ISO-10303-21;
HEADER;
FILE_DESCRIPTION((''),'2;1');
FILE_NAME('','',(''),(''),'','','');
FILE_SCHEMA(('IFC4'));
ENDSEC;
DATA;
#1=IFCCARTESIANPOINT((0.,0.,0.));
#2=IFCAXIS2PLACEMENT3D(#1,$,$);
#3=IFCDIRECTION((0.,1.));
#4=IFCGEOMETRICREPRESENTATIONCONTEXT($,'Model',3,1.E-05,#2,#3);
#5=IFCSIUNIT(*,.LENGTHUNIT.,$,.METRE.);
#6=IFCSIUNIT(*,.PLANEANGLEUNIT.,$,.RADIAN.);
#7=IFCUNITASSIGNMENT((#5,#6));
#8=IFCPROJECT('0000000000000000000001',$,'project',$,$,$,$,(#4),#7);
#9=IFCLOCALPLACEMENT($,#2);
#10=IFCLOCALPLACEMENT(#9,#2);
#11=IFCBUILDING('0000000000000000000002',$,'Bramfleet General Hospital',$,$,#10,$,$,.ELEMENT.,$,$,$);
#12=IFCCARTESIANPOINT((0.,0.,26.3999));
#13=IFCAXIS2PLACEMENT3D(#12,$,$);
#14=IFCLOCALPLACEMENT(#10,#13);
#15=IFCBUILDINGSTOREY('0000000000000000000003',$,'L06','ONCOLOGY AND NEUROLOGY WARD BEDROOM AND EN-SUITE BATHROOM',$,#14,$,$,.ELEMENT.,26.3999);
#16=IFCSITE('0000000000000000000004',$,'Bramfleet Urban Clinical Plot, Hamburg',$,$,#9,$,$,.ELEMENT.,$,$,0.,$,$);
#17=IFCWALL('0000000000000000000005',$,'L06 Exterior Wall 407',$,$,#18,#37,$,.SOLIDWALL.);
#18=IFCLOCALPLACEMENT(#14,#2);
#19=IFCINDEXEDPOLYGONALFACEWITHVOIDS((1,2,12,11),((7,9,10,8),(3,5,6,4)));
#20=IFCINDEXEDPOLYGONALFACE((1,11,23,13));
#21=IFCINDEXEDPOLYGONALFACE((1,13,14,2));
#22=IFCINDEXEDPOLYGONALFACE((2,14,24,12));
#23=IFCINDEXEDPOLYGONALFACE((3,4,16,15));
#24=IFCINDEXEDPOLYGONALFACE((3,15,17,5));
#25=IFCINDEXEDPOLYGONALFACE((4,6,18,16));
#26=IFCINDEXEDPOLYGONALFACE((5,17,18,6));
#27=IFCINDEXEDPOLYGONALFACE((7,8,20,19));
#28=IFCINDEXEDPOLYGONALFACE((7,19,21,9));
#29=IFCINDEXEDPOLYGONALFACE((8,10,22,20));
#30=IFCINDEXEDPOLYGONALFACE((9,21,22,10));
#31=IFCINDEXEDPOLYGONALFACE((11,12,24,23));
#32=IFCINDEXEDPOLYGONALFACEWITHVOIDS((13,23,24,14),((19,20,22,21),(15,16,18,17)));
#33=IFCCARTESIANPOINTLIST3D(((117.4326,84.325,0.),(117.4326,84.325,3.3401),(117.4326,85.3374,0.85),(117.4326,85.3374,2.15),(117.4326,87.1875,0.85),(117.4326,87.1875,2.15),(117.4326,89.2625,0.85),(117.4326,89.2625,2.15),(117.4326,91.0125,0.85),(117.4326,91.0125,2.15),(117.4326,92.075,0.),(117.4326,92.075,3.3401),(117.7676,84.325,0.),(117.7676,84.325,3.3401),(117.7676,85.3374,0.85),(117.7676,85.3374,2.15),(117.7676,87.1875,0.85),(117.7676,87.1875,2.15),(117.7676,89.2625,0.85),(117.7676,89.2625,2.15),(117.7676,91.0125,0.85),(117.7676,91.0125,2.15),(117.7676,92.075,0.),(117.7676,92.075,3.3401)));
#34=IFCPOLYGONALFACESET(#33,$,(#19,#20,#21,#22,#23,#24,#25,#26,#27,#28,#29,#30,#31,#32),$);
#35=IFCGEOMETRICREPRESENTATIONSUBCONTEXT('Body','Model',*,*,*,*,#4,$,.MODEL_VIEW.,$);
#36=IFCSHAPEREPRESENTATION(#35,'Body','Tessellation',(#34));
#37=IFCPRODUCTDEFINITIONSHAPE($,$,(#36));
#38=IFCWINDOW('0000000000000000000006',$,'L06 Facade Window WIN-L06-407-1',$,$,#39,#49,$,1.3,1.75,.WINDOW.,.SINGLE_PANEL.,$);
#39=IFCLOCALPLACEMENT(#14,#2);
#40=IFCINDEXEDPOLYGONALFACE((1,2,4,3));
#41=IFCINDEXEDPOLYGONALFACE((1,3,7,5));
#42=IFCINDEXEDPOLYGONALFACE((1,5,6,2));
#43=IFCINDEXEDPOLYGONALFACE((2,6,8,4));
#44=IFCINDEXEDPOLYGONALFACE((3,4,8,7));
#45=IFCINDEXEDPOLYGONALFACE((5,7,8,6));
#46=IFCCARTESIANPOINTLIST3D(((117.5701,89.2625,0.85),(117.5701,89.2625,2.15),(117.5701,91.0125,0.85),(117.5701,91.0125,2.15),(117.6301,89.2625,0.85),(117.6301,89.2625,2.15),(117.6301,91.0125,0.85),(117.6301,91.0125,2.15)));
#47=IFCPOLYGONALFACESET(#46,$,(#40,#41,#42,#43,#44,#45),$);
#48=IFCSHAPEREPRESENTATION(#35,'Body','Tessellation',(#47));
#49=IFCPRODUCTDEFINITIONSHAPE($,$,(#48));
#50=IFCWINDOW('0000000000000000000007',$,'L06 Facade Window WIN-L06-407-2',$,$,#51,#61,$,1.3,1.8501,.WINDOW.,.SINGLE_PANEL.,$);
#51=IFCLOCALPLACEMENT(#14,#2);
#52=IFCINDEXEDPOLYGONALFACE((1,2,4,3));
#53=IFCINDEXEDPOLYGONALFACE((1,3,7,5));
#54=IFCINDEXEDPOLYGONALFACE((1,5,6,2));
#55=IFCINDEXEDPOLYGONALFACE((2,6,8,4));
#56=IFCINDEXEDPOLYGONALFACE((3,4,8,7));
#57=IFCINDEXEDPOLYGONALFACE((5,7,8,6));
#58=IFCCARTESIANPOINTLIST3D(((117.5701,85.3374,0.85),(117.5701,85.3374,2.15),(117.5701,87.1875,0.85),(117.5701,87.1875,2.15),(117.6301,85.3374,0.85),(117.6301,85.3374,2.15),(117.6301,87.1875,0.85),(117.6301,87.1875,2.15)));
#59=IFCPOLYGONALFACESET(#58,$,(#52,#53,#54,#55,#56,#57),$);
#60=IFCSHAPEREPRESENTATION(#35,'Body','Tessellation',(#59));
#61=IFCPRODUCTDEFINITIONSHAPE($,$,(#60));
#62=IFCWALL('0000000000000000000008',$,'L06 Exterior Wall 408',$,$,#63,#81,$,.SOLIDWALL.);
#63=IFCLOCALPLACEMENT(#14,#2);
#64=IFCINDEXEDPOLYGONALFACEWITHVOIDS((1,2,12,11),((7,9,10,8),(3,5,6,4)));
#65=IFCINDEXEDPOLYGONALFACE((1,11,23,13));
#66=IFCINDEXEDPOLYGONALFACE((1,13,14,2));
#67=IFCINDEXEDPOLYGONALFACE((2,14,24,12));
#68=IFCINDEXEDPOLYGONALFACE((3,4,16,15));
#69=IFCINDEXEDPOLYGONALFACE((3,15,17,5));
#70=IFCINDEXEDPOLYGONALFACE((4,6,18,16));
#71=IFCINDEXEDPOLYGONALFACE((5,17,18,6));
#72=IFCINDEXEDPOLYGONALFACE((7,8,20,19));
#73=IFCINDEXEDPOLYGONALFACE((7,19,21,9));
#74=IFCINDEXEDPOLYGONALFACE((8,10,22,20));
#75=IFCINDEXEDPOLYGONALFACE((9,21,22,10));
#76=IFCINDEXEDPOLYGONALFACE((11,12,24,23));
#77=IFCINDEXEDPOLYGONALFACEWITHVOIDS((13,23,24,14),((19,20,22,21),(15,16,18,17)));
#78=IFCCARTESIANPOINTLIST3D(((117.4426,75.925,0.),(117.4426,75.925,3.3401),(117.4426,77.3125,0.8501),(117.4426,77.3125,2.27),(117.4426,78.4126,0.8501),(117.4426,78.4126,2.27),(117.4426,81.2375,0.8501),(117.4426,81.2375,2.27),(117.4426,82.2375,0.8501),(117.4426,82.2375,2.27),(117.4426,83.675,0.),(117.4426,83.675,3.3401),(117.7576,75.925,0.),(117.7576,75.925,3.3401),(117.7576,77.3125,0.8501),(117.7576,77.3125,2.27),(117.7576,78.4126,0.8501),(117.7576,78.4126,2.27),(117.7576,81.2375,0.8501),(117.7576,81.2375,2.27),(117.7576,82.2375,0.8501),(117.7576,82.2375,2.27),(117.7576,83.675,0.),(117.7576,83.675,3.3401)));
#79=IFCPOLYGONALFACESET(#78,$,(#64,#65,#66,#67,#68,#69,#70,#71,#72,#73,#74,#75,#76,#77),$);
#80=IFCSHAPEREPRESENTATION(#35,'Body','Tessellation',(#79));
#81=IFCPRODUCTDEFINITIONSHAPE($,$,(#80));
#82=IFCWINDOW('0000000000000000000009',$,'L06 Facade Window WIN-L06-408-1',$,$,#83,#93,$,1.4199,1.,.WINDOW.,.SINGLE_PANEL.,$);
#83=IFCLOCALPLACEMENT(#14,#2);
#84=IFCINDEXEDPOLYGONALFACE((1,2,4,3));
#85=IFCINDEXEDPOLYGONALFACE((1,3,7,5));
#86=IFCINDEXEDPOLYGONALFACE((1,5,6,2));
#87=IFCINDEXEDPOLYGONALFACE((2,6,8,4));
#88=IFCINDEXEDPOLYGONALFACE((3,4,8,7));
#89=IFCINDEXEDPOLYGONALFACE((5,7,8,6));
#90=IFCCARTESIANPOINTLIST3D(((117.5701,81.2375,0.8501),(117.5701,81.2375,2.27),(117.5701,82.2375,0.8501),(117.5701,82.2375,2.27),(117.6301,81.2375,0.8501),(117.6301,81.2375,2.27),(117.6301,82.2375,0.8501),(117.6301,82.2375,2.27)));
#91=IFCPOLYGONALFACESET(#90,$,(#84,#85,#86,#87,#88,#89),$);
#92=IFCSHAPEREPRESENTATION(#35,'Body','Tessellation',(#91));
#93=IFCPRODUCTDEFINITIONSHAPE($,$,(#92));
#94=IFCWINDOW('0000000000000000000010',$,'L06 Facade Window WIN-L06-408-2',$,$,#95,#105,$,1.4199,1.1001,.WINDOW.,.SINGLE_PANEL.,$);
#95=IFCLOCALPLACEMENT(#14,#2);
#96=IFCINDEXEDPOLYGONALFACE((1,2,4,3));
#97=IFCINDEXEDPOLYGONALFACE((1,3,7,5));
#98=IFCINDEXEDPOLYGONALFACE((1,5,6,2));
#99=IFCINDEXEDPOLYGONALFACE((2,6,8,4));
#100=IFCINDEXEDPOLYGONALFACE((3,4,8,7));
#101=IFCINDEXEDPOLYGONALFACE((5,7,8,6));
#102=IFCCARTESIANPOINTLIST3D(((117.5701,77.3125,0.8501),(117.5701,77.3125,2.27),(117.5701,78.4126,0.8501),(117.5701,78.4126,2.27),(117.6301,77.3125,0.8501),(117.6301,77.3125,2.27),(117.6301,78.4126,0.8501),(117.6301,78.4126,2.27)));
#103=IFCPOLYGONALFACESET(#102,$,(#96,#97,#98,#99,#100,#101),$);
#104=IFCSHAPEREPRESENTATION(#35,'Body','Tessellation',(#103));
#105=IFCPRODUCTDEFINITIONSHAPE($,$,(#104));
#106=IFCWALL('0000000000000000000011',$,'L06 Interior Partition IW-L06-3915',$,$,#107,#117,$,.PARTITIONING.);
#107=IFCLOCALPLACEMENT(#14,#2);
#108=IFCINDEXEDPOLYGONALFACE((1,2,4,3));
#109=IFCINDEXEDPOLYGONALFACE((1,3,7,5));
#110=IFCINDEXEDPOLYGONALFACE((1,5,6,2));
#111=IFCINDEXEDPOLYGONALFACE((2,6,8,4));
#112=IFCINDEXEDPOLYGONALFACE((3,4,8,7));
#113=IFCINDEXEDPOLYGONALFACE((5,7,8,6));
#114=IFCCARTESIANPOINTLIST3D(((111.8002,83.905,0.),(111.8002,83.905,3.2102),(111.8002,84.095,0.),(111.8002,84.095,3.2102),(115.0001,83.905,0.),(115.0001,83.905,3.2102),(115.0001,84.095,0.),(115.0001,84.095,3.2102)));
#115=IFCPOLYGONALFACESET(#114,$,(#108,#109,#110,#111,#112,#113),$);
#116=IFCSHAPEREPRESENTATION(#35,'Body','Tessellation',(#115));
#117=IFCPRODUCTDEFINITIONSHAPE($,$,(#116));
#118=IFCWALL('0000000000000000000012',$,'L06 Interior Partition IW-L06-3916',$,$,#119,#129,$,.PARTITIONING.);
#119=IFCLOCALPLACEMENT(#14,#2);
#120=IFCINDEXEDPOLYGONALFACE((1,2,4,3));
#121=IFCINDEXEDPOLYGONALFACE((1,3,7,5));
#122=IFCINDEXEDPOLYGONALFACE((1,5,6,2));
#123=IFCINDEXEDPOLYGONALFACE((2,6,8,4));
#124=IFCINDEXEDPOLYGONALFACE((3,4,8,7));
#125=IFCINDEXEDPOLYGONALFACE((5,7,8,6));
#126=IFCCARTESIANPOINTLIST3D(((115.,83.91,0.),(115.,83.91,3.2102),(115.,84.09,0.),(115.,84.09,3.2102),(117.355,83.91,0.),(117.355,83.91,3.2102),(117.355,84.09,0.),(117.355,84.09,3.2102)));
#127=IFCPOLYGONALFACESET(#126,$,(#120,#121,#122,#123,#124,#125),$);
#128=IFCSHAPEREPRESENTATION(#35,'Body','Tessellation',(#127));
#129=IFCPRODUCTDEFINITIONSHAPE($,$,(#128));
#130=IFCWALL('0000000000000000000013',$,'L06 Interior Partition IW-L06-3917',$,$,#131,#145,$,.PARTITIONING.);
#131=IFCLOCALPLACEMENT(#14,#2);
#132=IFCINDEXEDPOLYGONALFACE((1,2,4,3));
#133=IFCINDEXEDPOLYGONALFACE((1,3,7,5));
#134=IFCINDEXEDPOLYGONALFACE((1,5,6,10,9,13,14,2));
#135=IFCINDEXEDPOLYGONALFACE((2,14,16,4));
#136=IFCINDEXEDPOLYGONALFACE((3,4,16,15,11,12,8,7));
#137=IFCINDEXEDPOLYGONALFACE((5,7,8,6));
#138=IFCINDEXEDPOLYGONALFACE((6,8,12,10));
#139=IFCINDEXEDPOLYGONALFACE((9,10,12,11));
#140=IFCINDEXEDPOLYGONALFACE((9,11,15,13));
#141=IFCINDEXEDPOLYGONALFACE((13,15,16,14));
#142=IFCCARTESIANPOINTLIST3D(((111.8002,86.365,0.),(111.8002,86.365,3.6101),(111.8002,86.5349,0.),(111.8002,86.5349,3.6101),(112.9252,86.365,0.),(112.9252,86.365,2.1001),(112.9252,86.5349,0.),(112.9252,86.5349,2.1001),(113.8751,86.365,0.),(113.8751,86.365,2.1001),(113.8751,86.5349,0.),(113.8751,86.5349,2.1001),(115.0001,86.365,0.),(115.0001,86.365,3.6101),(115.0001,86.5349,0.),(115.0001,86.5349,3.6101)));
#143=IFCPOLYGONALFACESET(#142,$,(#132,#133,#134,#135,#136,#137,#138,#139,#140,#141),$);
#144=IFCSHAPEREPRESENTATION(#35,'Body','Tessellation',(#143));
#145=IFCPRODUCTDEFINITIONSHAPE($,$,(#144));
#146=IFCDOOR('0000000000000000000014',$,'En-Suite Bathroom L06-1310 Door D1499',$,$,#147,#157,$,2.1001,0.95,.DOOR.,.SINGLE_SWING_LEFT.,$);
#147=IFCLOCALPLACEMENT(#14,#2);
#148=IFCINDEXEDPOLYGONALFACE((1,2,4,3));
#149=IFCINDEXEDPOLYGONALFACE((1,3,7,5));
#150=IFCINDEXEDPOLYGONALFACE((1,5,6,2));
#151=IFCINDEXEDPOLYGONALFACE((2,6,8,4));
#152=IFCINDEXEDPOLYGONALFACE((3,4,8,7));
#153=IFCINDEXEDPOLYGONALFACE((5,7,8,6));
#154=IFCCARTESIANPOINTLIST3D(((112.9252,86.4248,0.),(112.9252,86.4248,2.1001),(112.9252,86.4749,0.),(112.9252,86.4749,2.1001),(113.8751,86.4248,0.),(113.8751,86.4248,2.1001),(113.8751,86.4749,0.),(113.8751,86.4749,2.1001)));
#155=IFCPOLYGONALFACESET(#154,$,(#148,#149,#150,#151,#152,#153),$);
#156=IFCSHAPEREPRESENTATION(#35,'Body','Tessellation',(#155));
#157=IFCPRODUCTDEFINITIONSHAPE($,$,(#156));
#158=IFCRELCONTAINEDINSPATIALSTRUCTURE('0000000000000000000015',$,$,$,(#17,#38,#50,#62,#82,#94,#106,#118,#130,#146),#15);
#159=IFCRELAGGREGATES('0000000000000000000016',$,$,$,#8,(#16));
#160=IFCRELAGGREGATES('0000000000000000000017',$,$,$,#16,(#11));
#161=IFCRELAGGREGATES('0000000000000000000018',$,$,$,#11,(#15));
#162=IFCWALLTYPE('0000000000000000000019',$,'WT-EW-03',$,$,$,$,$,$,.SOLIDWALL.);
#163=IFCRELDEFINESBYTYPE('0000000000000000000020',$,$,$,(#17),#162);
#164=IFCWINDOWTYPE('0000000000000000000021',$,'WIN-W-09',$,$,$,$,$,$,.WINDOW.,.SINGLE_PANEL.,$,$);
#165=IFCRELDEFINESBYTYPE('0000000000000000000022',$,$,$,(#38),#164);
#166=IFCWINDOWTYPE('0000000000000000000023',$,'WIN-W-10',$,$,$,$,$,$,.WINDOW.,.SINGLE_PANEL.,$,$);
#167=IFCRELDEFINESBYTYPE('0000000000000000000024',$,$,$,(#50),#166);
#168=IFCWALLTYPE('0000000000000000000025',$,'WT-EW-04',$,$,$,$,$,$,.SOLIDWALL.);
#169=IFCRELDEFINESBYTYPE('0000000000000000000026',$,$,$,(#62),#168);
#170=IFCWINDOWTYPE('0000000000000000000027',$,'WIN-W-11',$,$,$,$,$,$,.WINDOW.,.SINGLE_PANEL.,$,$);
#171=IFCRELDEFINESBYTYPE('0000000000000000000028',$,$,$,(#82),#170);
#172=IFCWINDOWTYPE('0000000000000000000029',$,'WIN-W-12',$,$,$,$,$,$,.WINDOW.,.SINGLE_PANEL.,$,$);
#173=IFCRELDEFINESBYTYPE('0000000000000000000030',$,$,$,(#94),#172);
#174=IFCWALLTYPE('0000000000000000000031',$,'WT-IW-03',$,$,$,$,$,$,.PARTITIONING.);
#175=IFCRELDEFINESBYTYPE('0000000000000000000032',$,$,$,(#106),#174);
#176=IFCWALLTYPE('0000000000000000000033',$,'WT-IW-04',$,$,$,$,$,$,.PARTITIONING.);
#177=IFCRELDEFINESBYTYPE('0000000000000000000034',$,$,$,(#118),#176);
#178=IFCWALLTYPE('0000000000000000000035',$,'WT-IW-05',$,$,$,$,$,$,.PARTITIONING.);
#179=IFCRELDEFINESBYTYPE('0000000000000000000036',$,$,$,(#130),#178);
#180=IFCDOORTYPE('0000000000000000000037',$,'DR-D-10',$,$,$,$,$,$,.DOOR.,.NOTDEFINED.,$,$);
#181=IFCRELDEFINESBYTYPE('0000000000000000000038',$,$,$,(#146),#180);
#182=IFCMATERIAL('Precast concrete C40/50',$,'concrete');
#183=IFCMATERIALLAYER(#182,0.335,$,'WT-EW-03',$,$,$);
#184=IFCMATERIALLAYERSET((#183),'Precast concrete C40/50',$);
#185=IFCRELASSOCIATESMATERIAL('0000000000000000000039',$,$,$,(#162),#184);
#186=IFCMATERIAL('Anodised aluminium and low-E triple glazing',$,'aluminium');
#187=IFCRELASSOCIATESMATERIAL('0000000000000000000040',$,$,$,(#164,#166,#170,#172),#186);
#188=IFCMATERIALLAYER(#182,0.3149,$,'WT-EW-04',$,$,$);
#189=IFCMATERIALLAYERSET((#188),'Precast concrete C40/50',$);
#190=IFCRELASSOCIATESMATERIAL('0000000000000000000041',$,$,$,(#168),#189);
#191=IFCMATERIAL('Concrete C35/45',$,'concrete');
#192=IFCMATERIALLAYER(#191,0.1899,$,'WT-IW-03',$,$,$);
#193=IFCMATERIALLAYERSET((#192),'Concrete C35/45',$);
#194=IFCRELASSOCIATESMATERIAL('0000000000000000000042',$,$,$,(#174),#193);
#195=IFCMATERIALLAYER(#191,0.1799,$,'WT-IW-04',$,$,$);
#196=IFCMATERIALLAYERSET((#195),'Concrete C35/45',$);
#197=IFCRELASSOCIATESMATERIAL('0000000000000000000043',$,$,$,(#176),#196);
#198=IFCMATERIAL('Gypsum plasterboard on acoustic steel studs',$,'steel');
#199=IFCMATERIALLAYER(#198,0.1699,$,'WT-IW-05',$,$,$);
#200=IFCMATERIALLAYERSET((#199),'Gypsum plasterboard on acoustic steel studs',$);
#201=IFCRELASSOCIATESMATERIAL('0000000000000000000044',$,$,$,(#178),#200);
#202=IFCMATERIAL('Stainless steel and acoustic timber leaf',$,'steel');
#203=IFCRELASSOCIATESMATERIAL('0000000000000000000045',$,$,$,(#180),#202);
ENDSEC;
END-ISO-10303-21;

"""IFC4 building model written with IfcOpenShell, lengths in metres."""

from ifc_helpers import new_model, si_unit, direction, frame, frame_2d, origin, place, context, subcontext, project, spatial, rectangle, extrude, material, layer, layer_set, type_object, element, fill, save


model = new_model("IFC4")

# Units and contexts
model_context = context("Model", 3, precision=1e-05, world=origin(), true_north=direction((0.0, 1.0)))
body_context = subcontext(model_context, "Body", "Model", "MODEL_VIEW")
ifc_project = project(units=[si_unit("LENGTHUNIT", "METRE"), si_unit("PLANEANGLEUNIT", "RADIAN")], contexts=[model_context])

# Site, building, storey
site_placement = place(None, origin())
site = spatial("IfcSite", under=ifc_project, at=site_placement, Name="Bramfleet Urban Clinical Plot, Hamburg", CompositionType="ELEMENT", RefElevation=0.0)
building_placement = place(site_placement, origin())
building = spatial("IfcBuilding", under=site, at=building_placement, Name="Bramfleet General Hospital", CompositionType="ELEMENT")
storey_placement = place(building_placement, frame((0.0, 0.0, 26.3999)))
storey = spatial("IfcBuildingStorey", under=building, at=storey_placement, Name="L06", Description="ONCOLOGY AND NEUROLOGY WARD BEDROOM AND EN-SUITE BATHROOM", CompositionType="ELEMENT", Elevation=26.3999)

# Shared definitions
ifc_material_1 = material(Name="Anodised aluminium and low-E triple glazing", Category="aluminium")

# Walls, openings, windows
ifc_material_2 = material(Name="Precast concrete C40/50", Category="concrete")
ifc_layer_1 = layer(ifc_material_2, 0.335, Name="WT-EW-03")
ifc_layer_set_1 = layer_set([ifc_layer_1], Name="Precast concrete C40/50")
wall_type_1 = type_object("IfcWallType", Name="WT-EW-03", PredefinedType="SOLIDWALL", material=ifc_layer_set_1)
wall_1_placement = place(storey_placement, frame((117.6001, 92.075, 0.0), z_axis=(0.0, 0.0, 1.0), x_axis=(0.0, -1.0, 0.0)))
wall_1 = element("IfcWall", 1, at=wall_1_placement, inside=storey, type_object=wall_type_1, Name="L06 Exterior Wall 407", PredefinedType="SOLIDWALL", context=body_context, shape_type="SweptSolid", body=[
    extrude(rectangle(XDim=7.75, YDim=0.335, at=frame_2d((3.875, 0.0))), origin(), (0.0, 0.0, 1.0), 3.3401),
])
opening_1_placement = place(wall_1_placement, frame((1.0625, 0.0, 0.8501)))
opening_1 = element("IfcOpeningElement", 2, at=opening_1_placement, cuts=wall_1, PredefinedType="OPENING", context=body_context, shape_type="SweptSolid", body=[
    extrude(rectangle(XDim=1.75, YDim=1.3, at=frame_2d((0.875, 0.6499))), frame((0.0, 0.1775, 0.0), z_axis=(0.0, -1.0, 0.0), x_axis=(1.0, 0.0, 0.0)), (0.0, 0.0, 1.0), 0.355),
])
opening_2_placement = place(wall_1_placement, frame((4.8875, 0.0, 0.8501)))
opening_2 = element("IfcOpeningElement", 3, at=opening_2_placement, cuts=wall_1, PredefinedType="OPENING", context=body_context, shape_type="SweptSolid", body=[
    extrude(rectangle(XDim=1.8501, YDim=1.3, at=frame_2d((0.925, 0.6499))), frame((0.0, 0.1775, 0.0), z_axis=(0.0, -1.0, 0.0), x_axis=(1.0, 0.0, 0.0)), (0.0, 0.0, 1.0), 0.355),
])
window_type_1 = type_object("IfcWindowType", Name="WIN-W-09", PartitioningType="SINGLE_PANEL", PredefinedType="WINDOW", material=ifc_material_1)
window_1_placement = place(opening_1_placement, origin())
window_1 = element("IfcWindow", 4, at=window_1_placement, inside=storey, type_object=window_type_1, Name="L06 Facade Window WIN-L06-407-1", OverallHeight=1.3, OverallWidth=1.75, PartitioningType="SINGLE_PANEL", PredefinedType="WINDOW", context=body_context, shape_type="SweptSolid", body=[
    extrude(rectangle(XDim=1.75, YDim=1.3, at=frame_2d((0.875, 0.6499))), frame((0.0, 0.03, 0.0), z_axis=(0.0, -1.0, 0.0), x_axis=(1.0, 0.0, 0.0)), (0.0, 0.0, 1.0), 0.0601),
])
fill(opening_1, window_1)
window_type_2 = type_object("IfcWindowType", Name="WIN-W-10", PartitioningType="SINGLE_PANEL", PredefinedType="WINDOW", material=ifc_material_1)
window_2_placement = place(opening_2_placement, origin())
window_2 = element("IfcWindow", 5, at=window_2_placement, inside=storey, type_object=window_type_2, Name="L06 Facade Window WIN-L06-407-2", OverallHeight=1.3, OverallWidth=1.8501, PartitioningType="SINGLE_PANEL", PredefinedType="WINDOW", context=body_context, shape_type="SweptSolid", body=[
    extrude(rectangle(XDim=1.8501, YDim=1.3, at=frame_2d((0.925, 0.6499))), frame((0.0, 0.03, 0.0), z_axis=(0.0, -1.0, 0.0), x_axis=(1.0, 0.0, 0.0)), (0.0, 0.0, 1.0), 0.0601),
])
fill(opening_2, window_2)
ifc_layer_2 = layer(ifc_material_2, 0.3149, Name="WT-EW-04")
ifc_layer_set_2 = layer_set([ifc_layer_2], Name="Precast concrete C40/50")
wall_type_2 = type_object("IfcWallType", Name="WT-EW-04", PredefinedType="SOLIDWALL", material=ifc_layer_set_2)
wall_2_placement = place(storey_placement, frame((117.6001, 83.675, 0.0), z_axis=(0.0, 0.0, 1.0), x_axis=(0.0, -1.0, 0.0)))
wall_2 = element("IfcWall", 6, at=wall_2_placement, inside=storey, type_object=wall_type_2, Name="L06 Exterior Wall 408", PredefinedType="SOLIDWALL", context=body_context, shape_type="SweptSolid", body=[
    extrude(rectangle(XDim=7.75, YDim=0.3149, at=frame_2d((3.875, 0.0))), origin(), (0.0, 0.0, 1.0), 3.3401),
])
opening_3_placement = place(wall_2_placement, frame((1.4375, 0.0, 0.8501)))
opening_3 = element("IfcOpeningElement", 7, at=opening_3_placement, cuts=wall_2, PredefinedType="OPENING", context=body_context, shape_type="SweptSolid", body=[
    extrude(rectangle(XDim=1.0, YDim=1.4199, at=frame_2d((0.5, 0.71))), frame((0.0, 0.1675, 0.0), z_axis=(0.0, -1.0, 0.0), x_axis=(1.0, 0.0, 0.0)), (0.0, 0.0, 1.0), 0.335),
])
opening_4_placement = place(wall_2_placement, frame((5.2625, 0.0, 0.8501)))
opening_4 = element("IfcOpeningElement", 8, at=opening_4_placement, cuts=wall_2, PredefinedType="OPENING", context=body_context, shape_type="SweptSolid", body=[
    extrude(rectangle(XDim=1.1001, YDim=1.4199, at=frame_2d((0.55, 0.71))), frame((0.0, 0.1675, 0.0), z_axis=(0.0, -1.0, 0.0), x_axis=(1.0, 0.0, 0.0)), (0.0, 0.0, 1.0), 0.335),
])
window_type_3 = type_object("IfcWindowType", Name="WIN-W-11", PartitioningType="SINGLE_PANEL", PredefinedType="WINDOW", material=ifc_material_1)
window_3_placement = place(opening_3_placement, origin())
window_3 = element("IfcWindow", 9, at=window_3_placement, inside=storey, type_object=window_type_3, Name="L06 Facade Window WIN-L06-408-1", OverallHeight=1.4199, OverallWidth=1.0, PartitioningType="SINGLE_PANEL", PredefinedType="WINDOW", context=body_context, shape_type="SweptSolid", body=[
    extrude(rectangle(XDim=1.0, YDim=1.4199, at=frame_2d((0.5, 0.71))), frame((0.0, 0.03, 0.0), z_axis=(0.0, -1.0, 0.0), x_axis=(1.0, 0.0, 0.0)), (0.0, 0.0, 1.0), 0.0601),
])
fill(opening_3, window_3)
window_type_4 = type_object("IfcWindowType", Name="WIN-W-12", PartitioningType="SINGLE_PANEL", PredefinedType="WINDOW", material=ifc_material_1)
window_4_placement = place(opening_4_placement, origin())
window_4 = element("IfcWindow", 10, at=window_4_placement, inside=storey, type_object=window_type_4, Name="L06 Facade Window WIN-L06-408-2", OverallHeight=1.4199, OverallWidth=1.1001, PartitioningType="SINGLE_PANEL", PredefinedType="WINDOW", context=body_context, shape_type="SweptSolid", body=[
    extrude(rectangle(XDim=1.1001, YDim=1.4199, at=frame_2d((0.55, 0.71))), frame((0.0, 0.03, 0.0), z_axis=(0.0, -1.0, 0.0), x_axis=(1.0, 0.0, 0.0)), (0.0, 0.0, 1.0), 0.0601),
])
fill(opening_4, window_4)

# Walls
ifc_material_3 = material(Name="Concrete C35/45", Category="concrete")
ifc_layer_3 = layer(ifc_material_3, 0.1899, Name="WT-IW-03")
ifc_layer_set_3 = layer_set([ifc_layer_3], Name="Concrete C35/45")
wall_type_3 = type_object("IfcWallType", Name="WT-IW-03", PredefinedType="PARTITIONING", material=ifc_layer_set_3)
wall_3_placement = place(storey_placement, frame((111.8, 84.0, 0.0), z_axis=(0.0, 0.0, 1.0), x_axis=(1.0, 0.0, 0.0)))
element("IfcWall", 11, at=wall_3_placement, inside=storey, type_object=wall_type_3, Name="L06 Interior Partition IW-L06-3915", PredefinedType="PARTITIONING", context=body_context, shape_type="SweptSolid", body=[
    extrude(rectangle(XDim=3.2, YDim=0.1899, at=frame_2d((1.6001, 0.0))), origin(), (0.0, 0.0, 1.0), 3.2102),
])
ifc_layer_4 = layer(ifc_material_3, 0.1799, Name="WT-IW-04")
ifc_layer_set_4 = layer_set([ifc_layer_4], Name="Concrete C35/45")
wall_type_4 = type_object("IfcWallType", Name="WT-IW-04", PredefinedType="PARTITIONING", material=ifc_layer_set_4)
wall_4_placement = place(storey_placement, frame((115.0, 84.0, 0.0), z_axis=(0.0, 0.0, 1.0), x_axis=(1.0, 0.0, 0.0)))
element("IfcWall", 12, at=wall_4_placement, inside=storey, type_object=wall_type_4, Name="L06 Interior Partition IW-L06-3916", PredefinedType="PARTITIONING", context=body_context, shape_type="SweptSolid", body=[
    extrude(rectangle(XDim=2.355, YDim=0.1799, at=frame_2d((1.1775, 0.0))), origin(), (0.0, 0.0, 1.0), 3.2102),
])

# Wall, opening, door
ifc_material_4 = material(Name="Gypsum plasterboard on acoustic steel studs", Category="steel")
ifc_layer_5 = layer(ifc_material_4, 0.1699, Name="WT-IW-05")
ifc_layer_set_5 = layer_set([ifc_layer_5], Name="Gypsum plasterboard on acoustic steel studs")
wall_type_5 = type_object("IfcWallType", Name="WT-IW-05", PredefinedType="PARTITIONING", material=ifc_layer_set_5)
wall_5_placement = place(storey_placement, frame((111.8, 86.45, 0.0), z_axis=(0.0, 0.0, 1.0), x_axis=(1.0, 0.0, 0.0)))
wall_5 = element("IfcWall", 13, at=wall_5_placement, inside=storey, type_object=wall_type_5, Name="L06 Interior Partition IW-L06-3917", PredefinedType="PARTITIONING", context=body_context, shape_type="SweptSolid", body=[
    extrude(rectangle(XDim=3.2, YDim=0.1699, at=frame_2d((1.6001, 0.0))), origin(), (0.0, 0.0, 1.0), 3.6101),
])
opening_5_placement = place(wall_5_placement, frame((1.125, 0.0, 0.0)))
opening_5 = element("IfcOpeningElement", 14, at=opening_5_placement, cuts=wall_5, PredefinedType="OPENING", context=body_context, shape_type="SweptSolid", body=[
    extrude(rectangle(XDim=0.95, YDim=2.1001, at=frame_2d((0.4751, 1.05))), frame((0.0, 0.095, 0.0), z_axis=(0.0, -1.0, 0.0), x_axis=(1.0, 0.0, 0.0)), (0.0, 0.0, 1.0), 0.1899),
])
ifc_material_5 = material(Name="Stainless steel and acoustic timber leaf", Category="steel")
door_type_1 = type_object("IfcDoorType", Name="DR-D-10", OperationType="NOTDEFINED", PredefinedType="DOOR", material=ifc_material_5)
door_1_placement = place(opening_5_placement, origin())
door_1 = element("IfcDoor", 15, at=door_1_placement, inside=storey, type_object=door_type_1, Name="En-Suite Bathroom L06-1310 Door D1499", OperationType="SINGLE_SWING_LEFT", OverallHeight=2.1001, OverallWidth=0.95, PredefinedType="DOOR", context=body_context, shape_type="SweptSolid", body=[
    extrude(rectangle(XDim=0.95, YDim=2.1001, at=frame_2d((0.4751, 1.05))), frame((0.0, 0.0249, 0.0), z_axis=(0.0, -1.0, 0.0), x_axis=(1.0, 0.0, 0.0)), (0.0, 0.0, 1.0), 0.05),
])
fill(opening_5, door_1)

save(model, "model.ifc")
